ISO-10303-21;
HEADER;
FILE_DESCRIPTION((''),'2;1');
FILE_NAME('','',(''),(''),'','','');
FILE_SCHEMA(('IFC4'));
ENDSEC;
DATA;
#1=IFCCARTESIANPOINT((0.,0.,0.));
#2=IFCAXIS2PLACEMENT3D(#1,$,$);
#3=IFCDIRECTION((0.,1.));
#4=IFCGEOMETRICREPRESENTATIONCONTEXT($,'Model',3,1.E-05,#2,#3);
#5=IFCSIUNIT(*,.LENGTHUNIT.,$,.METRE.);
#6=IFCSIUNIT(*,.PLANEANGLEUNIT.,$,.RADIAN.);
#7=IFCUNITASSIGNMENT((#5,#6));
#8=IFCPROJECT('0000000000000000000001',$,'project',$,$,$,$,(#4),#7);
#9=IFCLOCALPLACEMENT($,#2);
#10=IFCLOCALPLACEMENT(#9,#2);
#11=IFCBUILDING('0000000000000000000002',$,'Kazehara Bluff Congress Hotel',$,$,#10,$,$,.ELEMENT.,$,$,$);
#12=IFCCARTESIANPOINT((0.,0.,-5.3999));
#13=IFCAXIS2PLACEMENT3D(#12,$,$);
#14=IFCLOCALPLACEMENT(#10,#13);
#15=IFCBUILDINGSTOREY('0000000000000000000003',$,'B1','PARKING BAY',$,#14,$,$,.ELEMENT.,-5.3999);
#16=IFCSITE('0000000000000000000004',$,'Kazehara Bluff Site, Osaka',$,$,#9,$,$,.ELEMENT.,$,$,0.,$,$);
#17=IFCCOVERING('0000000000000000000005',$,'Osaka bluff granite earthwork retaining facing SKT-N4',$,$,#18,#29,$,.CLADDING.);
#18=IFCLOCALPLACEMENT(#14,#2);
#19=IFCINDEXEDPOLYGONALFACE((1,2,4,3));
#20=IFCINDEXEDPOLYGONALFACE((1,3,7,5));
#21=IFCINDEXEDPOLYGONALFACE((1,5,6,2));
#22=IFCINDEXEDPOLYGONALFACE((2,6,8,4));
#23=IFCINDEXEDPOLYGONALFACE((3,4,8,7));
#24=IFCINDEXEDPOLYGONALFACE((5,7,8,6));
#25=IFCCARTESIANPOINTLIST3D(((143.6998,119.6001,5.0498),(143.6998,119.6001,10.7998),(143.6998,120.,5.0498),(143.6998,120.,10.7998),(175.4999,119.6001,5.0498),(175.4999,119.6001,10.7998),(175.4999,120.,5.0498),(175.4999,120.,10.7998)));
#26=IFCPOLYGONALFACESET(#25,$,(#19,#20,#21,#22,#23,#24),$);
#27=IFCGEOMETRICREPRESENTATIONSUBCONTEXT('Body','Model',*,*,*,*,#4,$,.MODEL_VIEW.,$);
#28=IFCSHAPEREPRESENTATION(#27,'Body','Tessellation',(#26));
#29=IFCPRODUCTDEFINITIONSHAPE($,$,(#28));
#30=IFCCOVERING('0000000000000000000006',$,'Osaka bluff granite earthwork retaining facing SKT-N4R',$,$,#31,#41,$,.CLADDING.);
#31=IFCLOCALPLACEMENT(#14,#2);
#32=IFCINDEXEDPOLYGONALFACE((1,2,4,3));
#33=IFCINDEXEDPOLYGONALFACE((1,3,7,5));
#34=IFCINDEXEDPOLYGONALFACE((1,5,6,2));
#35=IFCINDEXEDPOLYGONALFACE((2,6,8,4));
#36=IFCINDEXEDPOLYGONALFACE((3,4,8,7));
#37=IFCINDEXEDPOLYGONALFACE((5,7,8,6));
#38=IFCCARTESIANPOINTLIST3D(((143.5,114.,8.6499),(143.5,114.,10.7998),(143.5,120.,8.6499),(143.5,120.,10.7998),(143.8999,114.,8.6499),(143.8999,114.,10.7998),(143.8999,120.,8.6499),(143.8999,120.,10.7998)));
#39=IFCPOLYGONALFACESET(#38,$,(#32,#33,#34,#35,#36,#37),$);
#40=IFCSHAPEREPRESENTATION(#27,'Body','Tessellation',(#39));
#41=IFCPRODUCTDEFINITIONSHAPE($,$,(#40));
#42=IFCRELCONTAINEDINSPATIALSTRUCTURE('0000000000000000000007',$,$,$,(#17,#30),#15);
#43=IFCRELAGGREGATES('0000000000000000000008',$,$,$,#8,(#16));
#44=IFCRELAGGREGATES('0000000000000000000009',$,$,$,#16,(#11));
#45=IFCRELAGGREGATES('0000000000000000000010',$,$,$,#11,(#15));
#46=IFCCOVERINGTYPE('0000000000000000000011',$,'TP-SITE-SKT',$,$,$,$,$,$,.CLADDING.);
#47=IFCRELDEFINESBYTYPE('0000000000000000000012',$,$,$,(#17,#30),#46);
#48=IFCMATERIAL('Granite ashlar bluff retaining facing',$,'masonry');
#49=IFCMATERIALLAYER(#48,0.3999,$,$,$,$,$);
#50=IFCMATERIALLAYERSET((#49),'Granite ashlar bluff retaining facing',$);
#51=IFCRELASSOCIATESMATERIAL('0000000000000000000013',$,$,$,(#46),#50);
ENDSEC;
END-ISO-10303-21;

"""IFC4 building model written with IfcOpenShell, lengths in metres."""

from ifc_helpers import new_model, si_unit, direction, frame, frame_2d, origin, place, context, subcontext, project, spatial, rectangle, extrude, material, layer, layer_set, type_object, element, save


model = new_model("IFC4")

# Units and contexts
model_context = context("Model", 3, precision=1e-05, world=origin(), true_north=direction((0.0, 1.0)))
body_context = subcontext(model_context, "Body", "Model", "MODEL_VIEW")
ifc_project = project(units=[si_unit("LENGTHUNIT", "METRE"), si_unit("PLANEANGLEUNIT", "RADIAN")], contexts=[model_context])

# Site, building, storey
site_placement = place(None, origin())
site = spatial("IfcSite", under=ifc_project, at=site_placement, Name="Kazehara Bluff Site, Osaka", CompositionType="ELEMENT", RefElevation=0.0)
building_placement = place(site_placement, origin())
building = spatial("IfcBuilding", under=site, at=building_placement, Name="Kazehara Bluff Congress Hotel", CompositionType="ELEMENT")
storey_placement = place(building_placement, frame((0.0, 0.0, -5.3999)))
storey = spatial("IfcBuildingStorey", under=building, at=storey_placement, Name="B1", Description="PARKING BAY", CompositionType="ELEMENT", Elevation=-5.3999)

# Coverings
ifc_material_1 = material(Name="Granite ashlar bluff retaining facing", Category="masonry")
ifc_layer_1 = layer(ifc_material_1, 0.3999)
ifc_layer_set_1 = layer_set([ifc_layer_1], Name="Granite ashlar bluff retaining facing")
covering_type = type_object("IfcCoveringType", Name="TP-SITE-SKT", PredefinedType="CLADDING", material=ifc_layer_set_1)
covering_1_placement = place(storey_placement, frame((143.7, 119.8, 5.0498), z_axis=(0.0, 0.0, 1.0), x_axis=(1.0, 0.0, 0.0)))
element("IfcCovering", 1, at=covering_1_placement, inside=storey, type_object=covering_type, Name="Osaka bluff granite earthwork retaining facing SKT-N4", PredefinedType="CLADDING", context=body_context, shape_type="SweptSolid", body=[
    extrude(rectangle(XDim=31.8, YDim=0.3999, at=frame_2d((15.8999, 0.0))), origin(), (0.0, 0.0, 1.0), 5.75),
])
covering_2_placement = place(storey_placement, frame((143.7, 114.0, 8.6499), z_axis=(0.0, 0.0, 1.0), x_axis=(0.0, 1.0, 0.0)))
element("IfcCovering", 2, at=covering_2_placement, inside=storey, type_object=covering_type, Name="Osaka bluff granite earthwork retaining facing SKT-N4R", PredefinedType="CLADDING", context=body_context, shape_type="SweptSolid", body=[
    extrude(rectangle(XDim=6.0, YDim=0.3999, at=frame_2d((3.0, 0.0))), origin(), (0.0, 0.0, 1.0), 2.1499),
])

save(model, "model.ifc")
